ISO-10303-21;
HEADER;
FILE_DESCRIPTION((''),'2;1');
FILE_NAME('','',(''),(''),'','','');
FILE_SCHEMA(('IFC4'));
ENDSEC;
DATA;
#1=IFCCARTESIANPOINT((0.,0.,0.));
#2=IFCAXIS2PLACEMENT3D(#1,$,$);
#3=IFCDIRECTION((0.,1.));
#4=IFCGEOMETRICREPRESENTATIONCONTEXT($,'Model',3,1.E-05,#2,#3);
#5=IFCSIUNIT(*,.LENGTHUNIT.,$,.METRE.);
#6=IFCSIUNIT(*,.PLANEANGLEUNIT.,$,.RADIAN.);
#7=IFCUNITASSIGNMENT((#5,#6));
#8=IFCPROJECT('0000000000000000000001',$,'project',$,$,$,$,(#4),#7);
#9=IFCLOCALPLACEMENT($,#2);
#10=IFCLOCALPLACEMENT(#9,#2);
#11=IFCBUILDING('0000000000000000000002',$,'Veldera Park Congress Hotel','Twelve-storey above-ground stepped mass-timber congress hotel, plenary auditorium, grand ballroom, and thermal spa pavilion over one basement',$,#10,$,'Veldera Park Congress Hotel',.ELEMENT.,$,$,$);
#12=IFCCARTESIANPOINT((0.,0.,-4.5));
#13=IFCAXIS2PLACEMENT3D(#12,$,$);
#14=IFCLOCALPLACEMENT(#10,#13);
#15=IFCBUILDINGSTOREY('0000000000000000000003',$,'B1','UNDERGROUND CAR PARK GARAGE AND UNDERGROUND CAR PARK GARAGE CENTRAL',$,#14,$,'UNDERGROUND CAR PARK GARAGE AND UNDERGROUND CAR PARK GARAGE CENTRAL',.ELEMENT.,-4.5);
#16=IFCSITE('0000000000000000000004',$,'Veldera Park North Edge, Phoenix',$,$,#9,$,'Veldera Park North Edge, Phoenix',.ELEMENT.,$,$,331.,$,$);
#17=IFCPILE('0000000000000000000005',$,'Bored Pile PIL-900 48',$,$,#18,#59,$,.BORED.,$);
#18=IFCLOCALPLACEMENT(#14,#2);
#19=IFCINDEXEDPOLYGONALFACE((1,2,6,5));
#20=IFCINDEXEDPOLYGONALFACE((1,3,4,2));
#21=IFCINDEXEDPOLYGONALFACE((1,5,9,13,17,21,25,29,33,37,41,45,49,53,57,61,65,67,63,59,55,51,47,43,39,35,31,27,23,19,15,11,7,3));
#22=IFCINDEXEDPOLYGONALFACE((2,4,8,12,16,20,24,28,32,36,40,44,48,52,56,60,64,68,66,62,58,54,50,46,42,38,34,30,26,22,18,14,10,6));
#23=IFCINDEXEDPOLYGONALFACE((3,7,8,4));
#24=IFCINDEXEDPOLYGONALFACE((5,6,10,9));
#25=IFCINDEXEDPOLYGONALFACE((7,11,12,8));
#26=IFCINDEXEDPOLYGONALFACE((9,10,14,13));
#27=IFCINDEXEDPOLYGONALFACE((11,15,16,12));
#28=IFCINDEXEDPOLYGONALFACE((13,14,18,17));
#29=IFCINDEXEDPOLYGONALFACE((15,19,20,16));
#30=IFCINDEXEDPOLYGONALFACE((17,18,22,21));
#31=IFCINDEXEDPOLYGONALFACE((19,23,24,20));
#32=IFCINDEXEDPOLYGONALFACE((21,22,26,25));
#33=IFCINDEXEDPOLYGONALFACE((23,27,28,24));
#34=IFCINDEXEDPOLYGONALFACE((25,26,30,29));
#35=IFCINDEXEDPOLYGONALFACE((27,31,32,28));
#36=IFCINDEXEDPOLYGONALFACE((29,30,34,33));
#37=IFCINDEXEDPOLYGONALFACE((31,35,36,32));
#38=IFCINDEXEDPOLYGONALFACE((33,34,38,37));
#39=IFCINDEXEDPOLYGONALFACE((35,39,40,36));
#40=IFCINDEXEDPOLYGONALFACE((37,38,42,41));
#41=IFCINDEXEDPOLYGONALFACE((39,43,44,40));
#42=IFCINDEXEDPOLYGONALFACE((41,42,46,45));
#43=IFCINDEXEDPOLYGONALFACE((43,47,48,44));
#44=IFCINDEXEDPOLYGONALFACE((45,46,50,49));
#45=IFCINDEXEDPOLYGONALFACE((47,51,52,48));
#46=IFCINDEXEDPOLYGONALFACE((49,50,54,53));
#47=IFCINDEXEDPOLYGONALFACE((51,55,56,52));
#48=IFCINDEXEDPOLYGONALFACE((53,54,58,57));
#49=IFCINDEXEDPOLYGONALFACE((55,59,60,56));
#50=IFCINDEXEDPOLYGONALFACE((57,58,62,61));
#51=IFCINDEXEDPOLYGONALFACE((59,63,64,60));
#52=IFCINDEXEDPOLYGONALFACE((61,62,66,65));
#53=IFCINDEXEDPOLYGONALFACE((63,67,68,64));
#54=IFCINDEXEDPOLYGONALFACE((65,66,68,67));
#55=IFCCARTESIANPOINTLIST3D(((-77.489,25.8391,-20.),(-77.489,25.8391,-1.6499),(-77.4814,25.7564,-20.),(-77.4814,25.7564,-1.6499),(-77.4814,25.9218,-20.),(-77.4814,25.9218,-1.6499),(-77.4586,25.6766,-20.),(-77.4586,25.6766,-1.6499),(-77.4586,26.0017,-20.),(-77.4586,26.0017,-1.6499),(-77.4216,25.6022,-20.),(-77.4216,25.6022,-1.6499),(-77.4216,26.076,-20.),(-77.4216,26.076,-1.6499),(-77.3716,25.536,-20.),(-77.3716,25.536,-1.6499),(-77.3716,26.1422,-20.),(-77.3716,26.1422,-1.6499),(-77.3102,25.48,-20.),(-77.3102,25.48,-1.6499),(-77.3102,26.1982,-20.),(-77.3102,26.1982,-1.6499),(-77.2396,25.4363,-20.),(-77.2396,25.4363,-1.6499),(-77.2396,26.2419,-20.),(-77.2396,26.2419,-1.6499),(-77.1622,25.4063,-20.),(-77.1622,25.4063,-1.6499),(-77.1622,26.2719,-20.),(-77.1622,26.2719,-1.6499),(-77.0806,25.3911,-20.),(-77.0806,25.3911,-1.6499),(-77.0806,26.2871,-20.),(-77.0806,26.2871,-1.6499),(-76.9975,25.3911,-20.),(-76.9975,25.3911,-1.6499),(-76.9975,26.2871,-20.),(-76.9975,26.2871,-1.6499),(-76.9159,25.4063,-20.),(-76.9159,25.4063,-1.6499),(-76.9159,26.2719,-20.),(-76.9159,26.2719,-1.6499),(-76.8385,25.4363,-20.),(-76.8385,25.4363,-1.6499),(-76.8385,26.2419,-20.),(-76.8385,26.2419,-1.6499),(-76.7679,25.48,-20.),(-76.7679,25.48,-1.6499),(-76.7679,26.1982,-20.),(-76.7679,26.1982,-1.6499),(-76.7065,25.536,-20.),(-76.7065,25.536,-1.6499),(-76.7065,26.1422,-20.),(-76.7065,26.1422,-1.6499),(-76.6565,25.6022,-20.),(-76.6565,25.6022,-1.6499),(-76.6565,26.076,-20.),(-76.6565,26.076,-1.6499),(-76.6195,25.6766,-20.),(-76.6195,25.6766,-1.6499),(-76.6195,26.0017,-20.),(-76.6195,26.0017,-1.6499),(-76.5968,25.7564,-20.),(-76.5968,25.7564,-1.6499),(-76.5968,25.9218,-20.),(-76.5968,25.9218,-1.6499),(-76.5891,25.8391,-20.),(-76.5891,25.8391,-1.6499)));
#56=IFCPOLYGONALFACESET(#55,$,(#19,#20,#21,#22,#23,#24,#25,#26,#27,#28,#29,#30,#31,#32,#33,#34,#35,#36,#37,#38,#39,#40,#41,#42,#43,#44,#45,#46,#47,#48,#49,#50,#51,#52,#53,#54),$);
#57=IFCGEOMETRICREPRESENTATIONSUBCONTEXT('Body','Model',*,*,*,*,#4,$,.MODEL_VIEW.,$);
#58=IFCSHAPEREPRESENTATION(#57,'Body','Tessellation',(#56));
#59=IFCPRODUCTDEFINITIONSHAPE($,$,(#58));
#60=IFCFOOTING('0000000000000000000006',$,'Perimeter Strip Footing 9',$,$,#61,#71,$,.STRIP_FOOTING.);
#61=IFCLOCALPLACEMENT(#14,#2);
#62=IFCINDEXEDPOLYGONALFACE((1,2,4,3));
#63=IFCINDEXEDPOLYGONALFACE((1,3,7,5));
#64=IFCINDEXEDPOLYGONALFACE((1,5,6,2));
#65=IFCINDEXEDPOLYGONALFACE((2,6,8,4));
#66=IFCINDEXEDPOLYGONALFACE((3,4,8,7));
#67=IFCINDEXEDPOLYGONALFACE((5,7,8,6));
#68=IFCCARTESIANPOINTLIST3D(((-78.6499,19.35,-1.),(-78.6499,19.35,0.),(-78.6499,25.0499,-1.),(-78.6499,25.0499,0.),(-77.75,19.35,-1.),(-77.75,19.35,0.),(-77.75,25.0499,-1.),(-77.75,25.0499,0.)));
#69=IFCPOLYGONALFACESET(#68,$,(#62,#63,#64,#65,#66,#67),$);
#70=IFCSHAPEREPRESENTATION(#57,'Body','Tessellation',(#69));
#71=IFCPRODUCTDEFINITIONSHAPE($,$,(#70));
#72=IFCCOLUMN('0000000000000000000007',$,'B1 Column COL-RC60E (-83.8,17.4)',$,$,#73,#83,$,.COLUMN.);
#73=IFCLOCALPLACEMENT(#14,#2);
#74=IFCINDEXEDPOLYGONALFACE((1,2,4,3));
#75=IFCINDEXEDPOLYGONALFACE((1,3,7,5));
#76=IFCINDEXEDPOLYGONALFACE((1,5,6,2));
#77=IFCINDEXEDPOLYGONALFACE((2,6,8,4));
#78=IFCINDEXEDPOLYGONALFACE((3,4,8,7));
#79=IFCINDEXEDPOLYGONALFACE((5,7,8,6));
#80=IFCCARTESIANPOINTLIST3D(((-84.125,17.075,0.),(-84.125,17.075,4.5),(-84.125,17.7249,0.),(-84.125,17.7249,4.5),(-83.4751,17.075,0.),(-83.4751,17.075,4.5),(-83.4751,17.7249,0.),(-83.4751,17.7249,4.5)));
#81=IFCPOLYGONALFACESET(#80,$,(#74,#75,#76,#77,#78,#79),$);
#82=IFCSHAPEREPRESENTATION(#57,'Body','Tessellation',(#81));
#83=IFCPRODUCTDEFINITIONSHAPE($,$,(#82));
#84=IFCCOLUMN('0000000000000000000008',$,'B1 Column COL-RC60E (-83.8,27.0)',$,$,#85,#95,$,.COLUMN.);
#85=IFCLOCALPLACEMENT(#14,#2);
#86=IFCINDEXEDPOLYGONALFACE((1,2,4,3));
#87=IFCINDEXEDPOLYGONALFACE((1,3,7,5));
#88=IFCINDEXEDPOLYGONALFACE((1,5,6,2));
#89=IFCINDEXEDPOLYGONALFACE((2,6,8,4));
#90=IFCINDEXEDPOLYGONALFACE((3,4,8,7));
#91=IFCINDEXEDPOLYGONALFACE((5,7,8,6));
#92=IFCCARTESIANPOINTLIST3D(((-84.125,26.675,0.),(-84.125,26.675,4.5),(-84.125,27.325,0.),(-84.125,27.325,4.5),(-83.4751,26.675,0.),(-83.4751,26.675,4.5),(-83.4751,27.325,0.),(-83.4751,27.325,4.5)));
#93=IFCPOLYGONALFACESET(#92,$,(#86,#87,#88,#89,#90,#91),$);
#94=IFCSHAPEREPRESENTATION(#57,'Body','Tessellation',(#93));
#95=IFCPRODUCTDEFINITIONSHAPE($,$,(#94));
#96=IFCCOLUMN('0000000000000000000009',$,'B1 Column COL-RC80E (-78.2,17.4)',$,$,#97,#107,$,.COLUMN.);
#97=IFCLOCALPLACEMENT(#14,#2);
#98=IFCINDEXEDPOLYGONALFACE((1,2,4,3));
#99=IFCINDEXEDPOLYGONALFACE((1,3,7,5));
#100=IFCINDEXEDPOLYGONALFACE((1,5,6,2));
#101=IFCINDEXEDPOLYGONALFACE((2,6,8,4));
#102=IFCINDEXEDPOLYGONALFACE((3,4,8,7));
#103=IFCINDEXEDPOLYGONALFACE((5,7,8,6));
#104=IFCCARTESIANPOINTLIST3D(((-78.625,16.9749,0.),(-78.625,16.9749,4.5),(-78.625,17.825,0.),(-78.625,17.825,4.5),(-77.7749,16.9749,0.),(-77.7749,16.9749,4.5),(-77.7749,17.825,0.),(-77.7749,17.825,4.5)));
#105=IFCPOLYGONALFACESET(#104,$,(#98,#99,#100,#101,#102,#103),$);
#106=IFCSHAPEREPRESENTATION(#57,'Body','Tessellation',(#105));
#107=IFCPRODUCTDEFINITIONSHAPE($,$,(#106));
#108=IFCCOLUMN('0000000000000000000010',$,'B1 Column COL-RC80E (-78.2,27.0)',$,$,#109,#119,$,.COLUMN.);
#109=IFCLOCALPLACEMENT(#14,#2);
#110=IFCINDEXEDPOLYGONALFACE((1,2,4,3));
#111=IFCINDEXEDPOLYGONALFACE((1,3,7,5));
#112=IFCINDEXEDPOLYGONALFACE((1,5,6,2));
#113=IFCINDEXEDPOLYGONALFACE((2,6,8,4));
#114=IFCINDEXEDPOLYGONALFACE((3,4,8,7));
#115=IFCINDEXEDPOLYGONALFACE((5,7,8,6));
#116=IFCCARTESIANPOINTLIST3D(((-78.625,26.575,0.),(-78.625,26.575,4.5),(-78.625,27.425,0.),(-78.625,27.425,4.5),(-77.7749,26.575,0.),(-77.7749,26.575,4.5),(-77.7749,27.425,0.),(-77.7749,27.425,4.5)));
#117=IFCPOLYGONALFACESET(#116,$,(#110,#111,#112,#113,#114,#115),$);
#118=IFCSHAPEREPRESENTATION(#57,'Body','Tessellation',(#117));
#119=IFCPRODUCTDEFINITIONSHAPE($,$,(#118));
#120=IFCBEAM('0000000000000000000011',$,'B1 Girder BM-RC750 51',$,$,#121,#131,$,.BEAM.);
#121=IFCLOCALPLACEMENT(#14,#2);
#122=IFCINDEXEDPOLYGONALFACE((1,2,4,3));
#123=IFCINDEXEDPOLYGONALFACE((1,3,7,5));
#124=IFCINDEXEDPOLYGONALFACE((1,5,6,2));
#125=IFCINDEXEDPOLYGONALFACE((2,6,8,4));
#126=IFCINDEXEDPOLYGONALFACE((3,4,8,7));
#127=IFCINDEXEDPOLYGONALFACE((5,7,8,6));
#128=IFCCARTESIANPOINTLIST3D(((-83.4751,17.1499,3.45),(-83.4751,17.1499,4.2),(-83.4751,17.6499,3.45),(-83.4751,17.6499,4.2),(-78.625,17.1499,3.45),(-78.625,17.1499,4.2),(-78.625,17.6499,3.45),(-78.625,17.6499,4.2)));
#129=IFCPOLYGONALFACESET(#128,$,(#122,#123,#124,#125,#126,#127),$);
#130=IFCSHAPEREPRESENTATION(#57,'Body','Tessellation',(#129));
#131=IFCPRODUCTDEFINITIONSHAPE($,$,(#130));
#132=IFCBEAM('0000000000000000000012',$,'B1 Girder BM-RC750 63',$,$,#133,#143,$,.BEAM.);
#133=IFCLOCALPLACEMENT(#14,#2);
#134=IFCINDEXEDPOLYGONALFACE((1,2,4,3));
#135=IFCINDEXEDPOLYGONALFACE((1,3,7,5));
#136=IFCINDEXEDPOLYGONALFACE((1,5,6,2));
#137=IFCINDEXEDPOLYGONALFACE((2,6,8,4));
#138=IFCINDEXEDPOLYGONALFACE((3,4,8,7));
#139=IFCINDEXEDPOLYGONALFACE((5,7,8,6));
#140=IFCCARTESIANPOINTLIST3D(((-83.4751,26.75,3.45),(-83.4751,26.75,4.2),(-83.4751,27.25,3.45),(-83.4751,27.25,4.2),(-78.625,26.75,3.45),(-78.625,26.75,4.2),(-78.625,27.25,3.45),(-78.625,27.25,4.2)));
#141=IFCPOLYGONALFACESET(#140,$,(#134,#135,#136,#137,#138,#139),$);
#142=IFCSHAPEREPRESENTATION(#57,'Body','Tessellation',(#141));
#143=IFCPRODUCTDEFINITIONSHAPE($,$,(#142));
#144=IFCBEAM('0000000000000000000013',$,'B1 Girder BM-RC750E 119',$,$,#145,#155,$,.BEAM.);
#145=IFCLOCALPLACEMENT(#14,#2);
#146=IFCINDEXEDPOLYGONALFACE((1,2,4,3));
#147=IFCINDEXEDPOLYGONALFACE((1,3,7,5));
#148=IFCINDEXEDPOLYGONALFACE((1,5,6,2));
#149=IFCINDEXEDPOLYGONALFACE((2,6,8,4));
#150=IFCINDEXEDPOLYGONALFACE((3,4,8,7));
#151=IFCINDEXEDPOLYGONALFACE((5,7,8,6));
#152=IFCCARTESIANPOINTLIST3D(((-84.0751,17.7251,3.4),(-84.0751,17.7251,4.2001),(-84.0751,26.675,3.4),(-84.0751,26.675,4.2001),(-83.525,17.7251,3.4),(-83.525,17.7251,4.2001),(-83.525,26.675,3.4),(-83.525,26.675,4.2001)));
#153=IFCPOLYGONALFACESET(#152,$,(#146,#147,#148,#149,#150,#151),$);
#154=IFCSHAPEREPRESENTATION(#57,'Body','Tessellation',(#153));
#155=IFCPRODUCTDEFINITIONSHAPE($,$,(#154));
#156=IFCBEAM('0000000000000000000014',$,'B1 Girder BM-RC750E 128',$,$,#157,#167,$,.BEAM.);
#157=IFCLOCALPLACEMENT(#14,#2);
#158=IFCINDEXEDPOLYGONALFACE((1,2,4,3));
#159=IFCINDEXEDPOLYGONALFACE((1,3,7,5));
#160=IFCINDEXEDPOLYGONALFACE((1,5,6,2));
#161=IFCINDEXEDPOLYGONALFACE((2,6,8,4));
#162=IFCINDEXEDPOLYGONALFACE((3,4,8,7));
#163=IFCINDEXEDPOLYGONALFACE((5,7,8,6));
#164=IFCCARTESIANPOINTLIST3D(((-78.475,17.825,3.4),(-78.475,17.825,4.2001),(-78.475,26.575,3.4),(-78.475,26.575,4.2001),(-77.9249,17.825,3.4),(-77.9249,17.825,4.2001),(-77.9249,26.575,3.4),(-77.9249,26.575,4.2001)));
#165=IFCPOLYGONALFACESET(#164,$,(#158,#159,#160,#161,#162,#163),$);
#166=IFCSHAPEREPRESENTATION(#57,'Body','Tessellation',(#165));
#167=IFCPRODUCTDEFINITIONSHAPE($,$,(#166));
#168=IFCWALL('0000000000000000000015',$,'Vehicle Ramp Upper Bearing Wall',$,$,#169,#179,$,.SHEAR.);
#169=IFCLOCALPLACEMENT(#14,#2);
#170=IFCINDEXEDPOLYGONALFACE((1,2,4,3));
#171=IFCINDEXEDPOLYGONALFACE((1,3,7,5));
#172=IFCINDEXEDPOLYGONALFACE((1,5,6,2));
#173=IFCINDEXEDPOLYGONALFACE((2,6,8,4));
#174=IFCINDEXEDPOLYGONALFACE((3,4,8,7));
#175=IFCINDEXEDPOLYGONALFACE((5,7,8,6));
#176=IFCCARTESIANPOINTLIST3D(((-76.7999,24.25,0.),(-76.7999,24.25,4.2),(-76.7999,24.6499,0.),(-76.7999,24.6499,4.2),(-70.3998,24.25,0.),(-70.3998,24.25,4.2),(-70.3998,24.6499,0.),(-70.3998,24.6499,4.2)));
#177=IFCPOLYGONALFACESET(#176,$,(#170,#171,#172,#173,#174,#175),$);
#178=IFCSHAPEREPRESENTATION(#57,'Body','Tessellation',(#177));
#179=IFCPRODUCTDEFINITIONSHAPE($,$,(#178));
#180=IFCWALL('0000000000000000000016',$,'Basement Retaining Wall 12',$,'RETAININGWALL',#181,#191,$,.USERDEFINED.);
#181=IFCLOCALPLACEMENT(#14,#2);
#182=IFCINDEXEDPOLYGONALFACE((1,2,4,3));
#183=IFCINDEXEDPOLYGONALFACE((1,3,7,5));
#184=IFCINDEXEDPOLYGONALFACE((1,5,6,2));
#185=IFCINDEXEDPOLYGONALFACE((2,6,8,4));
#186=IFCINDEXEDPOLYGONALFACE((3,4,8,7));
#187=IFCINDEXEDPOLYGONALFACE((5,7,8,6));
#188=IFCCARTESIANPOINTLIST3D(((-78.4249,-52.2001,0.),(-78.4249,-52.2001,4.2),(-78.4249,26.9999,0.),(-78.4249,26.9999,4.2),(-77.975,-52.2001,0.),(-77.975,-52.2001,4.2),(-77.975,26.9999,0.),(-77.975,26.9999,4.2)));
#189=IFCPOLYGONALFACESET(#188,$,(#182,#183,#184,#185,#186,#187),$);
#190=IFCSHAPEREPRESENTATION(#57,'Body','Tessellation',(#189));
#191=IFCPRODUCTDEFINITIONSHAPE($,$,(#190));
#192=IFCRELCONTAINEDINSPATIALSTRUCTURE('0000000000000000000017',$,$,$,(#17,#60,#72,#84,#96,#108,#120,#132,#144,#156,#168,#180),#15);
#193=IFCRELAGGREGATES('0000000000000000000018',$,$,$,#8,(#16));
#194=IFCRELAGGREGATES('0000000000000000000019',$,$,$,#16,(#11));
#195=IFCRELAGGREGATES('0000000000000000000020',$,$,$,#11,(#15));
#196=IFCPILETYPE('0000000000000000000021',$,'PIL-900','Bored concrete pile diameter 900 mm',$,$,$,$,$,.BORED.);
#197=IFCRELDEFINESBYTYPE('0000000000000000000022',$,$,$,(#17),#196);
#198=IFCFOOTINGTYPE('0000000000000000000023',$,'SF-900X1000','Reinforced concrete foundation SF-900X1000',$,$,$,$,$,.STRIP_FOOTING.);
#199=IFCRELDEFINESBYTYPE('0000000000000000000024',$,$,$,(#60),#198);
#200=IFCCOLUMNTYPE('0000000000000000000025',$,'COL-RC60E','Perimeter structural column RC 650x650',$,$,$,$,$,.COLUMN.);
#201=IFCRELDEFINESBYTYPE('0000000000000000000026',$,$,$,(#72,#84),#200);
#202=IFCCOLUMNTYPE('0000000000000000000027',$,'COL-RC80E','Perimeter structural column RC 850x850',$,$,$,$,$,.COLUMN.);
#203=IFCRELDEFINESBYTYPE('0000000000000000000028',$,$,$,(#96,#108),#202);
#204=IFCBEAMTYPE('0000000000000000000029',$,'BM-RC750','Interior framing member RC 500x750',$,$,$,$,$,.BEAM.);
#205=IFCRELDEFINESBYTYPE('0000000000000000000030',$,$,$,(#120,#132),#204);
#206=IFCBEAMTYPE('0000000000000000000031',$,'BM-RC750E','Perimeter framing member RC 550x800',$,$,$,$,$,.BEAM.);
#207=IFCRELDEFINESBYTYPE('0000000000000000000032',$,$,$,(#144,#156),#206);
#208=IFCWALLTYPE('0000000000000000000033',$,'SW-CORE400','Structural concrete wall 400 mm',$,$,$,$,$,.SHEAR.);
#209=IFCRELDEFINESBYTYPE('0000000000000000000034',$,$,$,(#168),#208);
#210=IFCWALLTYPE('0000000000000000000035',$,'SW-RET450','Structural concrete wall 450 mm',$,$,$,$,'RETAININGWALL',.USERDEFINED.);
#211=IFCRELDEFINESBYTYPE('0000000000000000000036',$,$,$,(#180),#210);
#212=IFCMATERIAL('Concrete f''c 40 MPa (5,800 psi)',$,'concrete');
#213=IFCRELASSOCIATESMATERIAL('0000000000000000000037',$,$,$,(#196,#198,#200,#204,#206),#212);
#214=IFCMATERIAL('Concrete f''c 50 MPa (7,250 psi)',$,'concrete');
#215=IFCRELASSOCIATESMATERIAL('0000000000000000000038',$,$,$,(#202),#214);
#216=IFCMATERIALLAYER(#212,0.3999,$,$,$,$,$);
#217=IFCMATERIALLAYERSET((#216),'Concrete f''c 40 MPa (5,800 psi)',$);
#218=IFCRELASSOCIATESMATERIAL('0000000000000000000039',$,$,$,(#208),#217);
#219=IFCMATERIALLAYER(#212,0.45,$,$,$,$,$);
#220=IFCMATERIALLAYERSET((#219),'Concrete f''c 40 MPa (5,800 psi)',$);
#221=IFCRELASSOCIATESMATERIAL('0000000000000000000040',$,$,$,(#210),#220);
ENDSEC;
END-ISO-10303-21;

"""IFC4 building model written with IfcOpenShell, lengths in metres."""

from ifc_helpers import new_model, si_unit, direction, frame, frame_2d, origin, origin_2d, place, context, subcontext, project, spatial, rectangle, circle, extrude, material, layer, layer_set, material_profile, profile_set, type_object, element, save


model = new_model("IFC4")

# Units and contexts
model_context = context("Model", 3, precision=1e-05, world=origin(), true_north=direction((0.0, 1.0)))
body_context = subcontext(model_context, "Body", "Model", "MODEL_VIEW")
ifc_project = project(units=[si_unit("LENGTHUNIT", "METRE"), si_unit("PLANEANGLEUNIT", "RADIAN")], contexts=[model_context])

# Site, building, storey
site_placement = place(None, origin())
site = spatial("IfcSite", under=ifc_project, at=site_placement, Name="Veldera Park North Edge, Phoenix", LongName="Veldera Park North Edge, Phoenix", CompositionType="ELEMENT", RefElevation=331.0)
building_placement = place(site_placement, origin())
building = spatial("IfcBuilding", under=site, at=building_placement, Name="Veldera Park Congress Hotel", Description="Twelve-storey above-ground stepped mass-timber congress hotel, plenary auditorium, grand ballroom, and thermal spa pavilion over one basement", LongName="Veldera Park Congress Hotel", CompositionType="ELEMENT")
storey_placement = place(building_placement, frame((0.0, 0.0, -4.5)))
storey = spatial("IfcBuildingStorey", under=building, at=storey_placement, Name="B1", Description="UNDERGROUND CAR PARK GARAGE AND UNDERGROUND CAR PARK GARAGE CENTRAL", LongName="UNDERGROUND CAR PARK GARAGE AND UNDERGROUND CAR PARK GARAGE CENTRAL", CompositionType="ELEMENT", Elevation=-4.5)

# Shared definitions
ifc_material_1 = material(Name="Concrete f'c 40 MPa (5,800 psi)", Category="concrete")

# Pile
ifc_material_profile_1 = material_profile(ifc_material_1, circle(Radius=0.45, at=origin_2d()), Name="PILE D900")
ifc_profile_set_1 = profile_set([ifc_material_profile_1], Name="Concrete f'c 40 MPa (5,800 psi)")
pile_type_1 = type_object("IfcPileType", Name="PIL-900", Description="Bored concrete pile diameter 900 mm", PredefinedType="BORED", material=ifc_profile_set_1)
for number, where, z_axis, x_axis, name in (
    (1, (-77.0391, 25.8391, -1.6499), (0.0, 0.0, -1.0), (1.0, 0.0, 0.0), "Bored Pile PIL-900 48"),
):
    element("IfcPile", number, at=place(storey_placement, frame(where, z_axis=z_axis, x_axis=x_axis)), inside=storey, type_object=pile_type_1, Name=name, PredefinedType="BORED", context=body_context, shape_type="SweptSolid", body=[
        extrude(circle(Radius=0.45, at=origin_2d()), origin(), (0.0, 0.0, 1.0), 18.3501),
    ])

# Footing
footing_type_1 = type_object("IfcFootingType", Name="SF-900X1000", Description="Reinforced concrete foundation SF-900X1000", PredefinedType="STRIP_FOOTING", material=ifc_material_1)
footing_1_placement = place(storey_placement, frame((-78.2, 22.2, -1.0), z_axis=(0.0, 0.0, 1.0), x_axis=(0.0, 1.0, 0.0)))
element("IfcFooting", 2, at=footing_1_placement, inside=storey, type_object=footing_type_1, Name="Perimeter Strip Footing 9", PredefinedType="STRIP_FOOTING", context=body_context, shape_type="SweptSolid", body=[
    extrude(rectangle(XDim=5.7, YDim=0.8999, at=origin_2d()), origin(), (0.0, 0.0, 1.0), 1.0),
])

# Columns
ifc_material_profile_2 = material_profile(ifc_material_1, rectangle(XDim=0.6499, YDim=0.6499, at=origin_2d()), Name="RC 650x650")
ifc_profile_set_2 = profile_set([ifc_material_profile_2], Name="Concrete f'c 40 MPa (5,800 psi)")
column_type_1 = type_object("IfcColumnType", Name="COL-RC60E", Description="Perimeter structural column RC 650x650", PredefinedType="COLUMN", material=ifc_profile_set_2)
for number, where, z_axis, x_axis, name in (
    (3, (-83.8, 17.3999, 0.0), (0.0, 0.0, 1.0), (1.0, 0.0, 0.0), "B1 Column COL-RC60E (-83.8,17.4)"),
    (4, (-83.8, 27.0, 0.0), (0.0, 0.0, 1.0), (1.0, 0.0, 0.0), "B1 Column COL-RC60E (-83.8,27.0)"),
):
    element("IfcColumn", number, at=place(storey_placement, frame(where, z_axis=z_axis, x_axis=x_axis)), inside=storey, type_object=column_type_1, Name=name, PredefinedType="COLUMN", context=body_context, shape_type="SweptSolid", body=[
        extrude(rectangle(XDim=0.6499, YDim=0.6499, at=origin_2d()), origin(), (0.0, 0.0, 1.0), 4.5),
    ])
ifc_material_2 = material(Name="Concrete f'c 50 MPa (7,250 psi)", Category="concrete")
ifc_material_profile_3 = material_profile(ifc_material_2, rectangle(XDim=0.8501, YDim=0.8501, at=origin_2d()), Name="RC 850x850")
ifc_profile_set_3 = profile_set([ifc_material_profile_3], Name="Concrete f'c 50 MPa (7,250 psi)")
column_type_2 = type_object("IfcColumnType", Name="COL-RC80E", Description="Perimeter structural column RC 850x850", PredefinedType="COLUMN", material=ifc_profile_set_3)
for number, where, z_axis, x_axis, name in (
    (5, (-78.2, 17.3999, 0.0), (0.0, 0.0, 1.0), (1.0, 0.0, 0.0), "B1 Column COL-RC80E (-78.2,17.4)"),
    (6, (-78.2, 27.0, 0.0), (0.0, 0.0, 1.0), (1.0, 0.0, 0.0), "B1 Column COL-RC80E (-78.2,27.0)"),
):
    element("IfcColumn", number, at=place(storey_placement, frame(where, z_axis=z_axis, x_axis=x_axis)), inside=storey, type_object=column_type_2, Name=name, PredefinedType="COLUMN", context=body_context, shape_type="SweptSolid", body=[
        extrude(rectangle(XDim=0.8501, YDim=0.8501, at=origin_2d()), origin(), (0.0, 0.0, 1.0), 4.5),
    ])

# Beams
ifc_material_profile_4 = material_profile(ifc_material_1, rectangle(XDim=0.5, YDim=0.75, at=origin_2d()), Name="RC 500x750")
ifc_profile_set_4 = profile_set([ifc_material_profile_4], Name="Concrete f'c 40 MPa (5,800 psi)")
beam_type_1 = type_object("IfcBeamType", Name="BM-RC750", Description="Interior framing member RC 500x750", PredefinedType="BEAM", material=ifc_profile_set_4)
for number, where, z_axis, x_axis, name in (
    (7, (-83.4751, 17.3999, 3.825), (1.0, 0.0, 0.0), (0.0, 1.0, 0.0), "B1 Girder BM-RC750 51"),
    (8, (-83.4751, 27.0, 3.825), (1.0, 0.0, 0.0), (0.0, 1.0, 0.0), "B1 Girder BM-RC750 63"),
):
    element("IfcBeam", number, at=place(storey_placement, frame(where, z_axis=z_axis, x_axis=x_axis)), inside=storey, type_object=beam_type_1, Name=name, PredefinedType="BEAM", context=body_context, shape_type="SweptSolid", body=[
        extrude(rectangle(XDim=0.5, YDim=0.75, at=origin_2d()), origin(), (0.0, 0.0, 1.0), 4.8501),
    ])
ifc_material_profile_5 = material_profile(ifc_material_1, rectangle(XDim=0.55, YDim=0.8, at=origin_2d()), Name="RC 550x800")
ifc_profile_set_5 = profile_set([ifc_material_profile_5], Name="Concrete f'c 40 MPa (5,800 psi)")
beam_type_2 = type_object("IfcBeamType", Name="BM-RC750E", Description="Perimeter framing member RC 550x800", PredefinedType="BEAM", material=ifc_profile_set_5)
beam_1_placement = place(storey_placement, frame((-83.8, 17.7251, 3.8), z_axis=(0.0, 1.0, 0.0), x_axis=(-1.0, 0.0, 0.0)))
element("IfcBeam", 9, at=beam_1_placement, inside=storey, type_object=beam_type_2, Name="B1 Girder BM-RC750E 119", PredefinedType="BEAM", context=body_context, shape_type="SweptSolid", body=[
    extrude(rectangle(XDim=0.55, YDim=0.8, at=origin_2d()), origin(), (0.0, 0.0, 1.0), 8.95),
])
beam_2_placement = place(storey_placement, frame((-78.2, 17.825, 3.8), z_axis=(0.0, 1.0, 0.0), x_axis=(-1.0, 0.0, 0.0)))
element("IfcBeam", 10, at=beam_2_placement, inside=storey, type_object=beam_type_2, Name="B1 Girder BM-RC750E 128", PredefinedType="BEAM", context=body_context, shape_type="SweptSolid", body=[
    extrude(rectangle(XDim=0.55, YDim=0.8, at=origin_2d()), origin(), (0.0, 0.0, 1.0), 8.75),
])

# Walls
ifc_layer_1 = layer(ifc_material_1, 0.3999)
ifc_layer_set_1 = layer_set([ifc_layer_1], Name="Concrete f'c 40 MPa (5,800 psi)")
wall_type_1 = type_object("IfcWallType", Name="SW-CORE400", Description="Structural concrete wall 400 mm", PredefinedType="SHEAR", material=ifc_layer_set_1)
wall_1_placement = place(storey_placement, frame((-76.8, 24.45, 0.0), z_axis=(0.0, 0.0, 1.0), x_axis=(1.0, 0.0, 0.0)))
element("IfcWall", 11, at=wall_1_placement, inside=storey, type_object=wall_type_1, Name="Vehicle Ramp Upper Bearing Wall", PredefinedType="SHEAR", context=body_context, shape_type="SweptSolid", body=[
    extrude(rectangle(XDim=6.4001, YDim=0.3999, at=frame_2d((3.2002, 0.0))), origin(), (0.0, 0.0, 1.0), 4.2),
])
ifc_layer_2 = layer(ifc_material_1, 0.45)
ifc_layer_set_2 = layer_set([ifc_layer_2], Name="Concrete f'c 40 MPa (5,800 psi)")
wall_type_2 = type_object("IfcWallType", Name="SW-RET450", Description="Structural concrete wall 450 mm", ElementType="RETAININGWALL", PredefinedType="USERDEFINED", material=ifc_layer_set_2)
wall_2_placement = place(storey_placement, frame((-78.2, 27.0, 0.0), z_axis=(0.0, 0.0, 1.0), x_axis=(0.0, -1.0, 0.0)))
element("IfcWall", 12, at=wall_2_placement, inside=storey, type_object=wall_type_2, Name="Basement Retaining Wall 12", ObjectType="RETAININGWALL", PredefinedType="USERDEFINED", context=body_context, shape_type="SweptSolid", body=[
    extrude(rectangle(XDim=79.2, YDim=0.45, at=frame_2d((39.6001, 0.0))), origin(), (0.0, 0.0, 1.0), 4.2),
])

save(model, "model.ifc")
